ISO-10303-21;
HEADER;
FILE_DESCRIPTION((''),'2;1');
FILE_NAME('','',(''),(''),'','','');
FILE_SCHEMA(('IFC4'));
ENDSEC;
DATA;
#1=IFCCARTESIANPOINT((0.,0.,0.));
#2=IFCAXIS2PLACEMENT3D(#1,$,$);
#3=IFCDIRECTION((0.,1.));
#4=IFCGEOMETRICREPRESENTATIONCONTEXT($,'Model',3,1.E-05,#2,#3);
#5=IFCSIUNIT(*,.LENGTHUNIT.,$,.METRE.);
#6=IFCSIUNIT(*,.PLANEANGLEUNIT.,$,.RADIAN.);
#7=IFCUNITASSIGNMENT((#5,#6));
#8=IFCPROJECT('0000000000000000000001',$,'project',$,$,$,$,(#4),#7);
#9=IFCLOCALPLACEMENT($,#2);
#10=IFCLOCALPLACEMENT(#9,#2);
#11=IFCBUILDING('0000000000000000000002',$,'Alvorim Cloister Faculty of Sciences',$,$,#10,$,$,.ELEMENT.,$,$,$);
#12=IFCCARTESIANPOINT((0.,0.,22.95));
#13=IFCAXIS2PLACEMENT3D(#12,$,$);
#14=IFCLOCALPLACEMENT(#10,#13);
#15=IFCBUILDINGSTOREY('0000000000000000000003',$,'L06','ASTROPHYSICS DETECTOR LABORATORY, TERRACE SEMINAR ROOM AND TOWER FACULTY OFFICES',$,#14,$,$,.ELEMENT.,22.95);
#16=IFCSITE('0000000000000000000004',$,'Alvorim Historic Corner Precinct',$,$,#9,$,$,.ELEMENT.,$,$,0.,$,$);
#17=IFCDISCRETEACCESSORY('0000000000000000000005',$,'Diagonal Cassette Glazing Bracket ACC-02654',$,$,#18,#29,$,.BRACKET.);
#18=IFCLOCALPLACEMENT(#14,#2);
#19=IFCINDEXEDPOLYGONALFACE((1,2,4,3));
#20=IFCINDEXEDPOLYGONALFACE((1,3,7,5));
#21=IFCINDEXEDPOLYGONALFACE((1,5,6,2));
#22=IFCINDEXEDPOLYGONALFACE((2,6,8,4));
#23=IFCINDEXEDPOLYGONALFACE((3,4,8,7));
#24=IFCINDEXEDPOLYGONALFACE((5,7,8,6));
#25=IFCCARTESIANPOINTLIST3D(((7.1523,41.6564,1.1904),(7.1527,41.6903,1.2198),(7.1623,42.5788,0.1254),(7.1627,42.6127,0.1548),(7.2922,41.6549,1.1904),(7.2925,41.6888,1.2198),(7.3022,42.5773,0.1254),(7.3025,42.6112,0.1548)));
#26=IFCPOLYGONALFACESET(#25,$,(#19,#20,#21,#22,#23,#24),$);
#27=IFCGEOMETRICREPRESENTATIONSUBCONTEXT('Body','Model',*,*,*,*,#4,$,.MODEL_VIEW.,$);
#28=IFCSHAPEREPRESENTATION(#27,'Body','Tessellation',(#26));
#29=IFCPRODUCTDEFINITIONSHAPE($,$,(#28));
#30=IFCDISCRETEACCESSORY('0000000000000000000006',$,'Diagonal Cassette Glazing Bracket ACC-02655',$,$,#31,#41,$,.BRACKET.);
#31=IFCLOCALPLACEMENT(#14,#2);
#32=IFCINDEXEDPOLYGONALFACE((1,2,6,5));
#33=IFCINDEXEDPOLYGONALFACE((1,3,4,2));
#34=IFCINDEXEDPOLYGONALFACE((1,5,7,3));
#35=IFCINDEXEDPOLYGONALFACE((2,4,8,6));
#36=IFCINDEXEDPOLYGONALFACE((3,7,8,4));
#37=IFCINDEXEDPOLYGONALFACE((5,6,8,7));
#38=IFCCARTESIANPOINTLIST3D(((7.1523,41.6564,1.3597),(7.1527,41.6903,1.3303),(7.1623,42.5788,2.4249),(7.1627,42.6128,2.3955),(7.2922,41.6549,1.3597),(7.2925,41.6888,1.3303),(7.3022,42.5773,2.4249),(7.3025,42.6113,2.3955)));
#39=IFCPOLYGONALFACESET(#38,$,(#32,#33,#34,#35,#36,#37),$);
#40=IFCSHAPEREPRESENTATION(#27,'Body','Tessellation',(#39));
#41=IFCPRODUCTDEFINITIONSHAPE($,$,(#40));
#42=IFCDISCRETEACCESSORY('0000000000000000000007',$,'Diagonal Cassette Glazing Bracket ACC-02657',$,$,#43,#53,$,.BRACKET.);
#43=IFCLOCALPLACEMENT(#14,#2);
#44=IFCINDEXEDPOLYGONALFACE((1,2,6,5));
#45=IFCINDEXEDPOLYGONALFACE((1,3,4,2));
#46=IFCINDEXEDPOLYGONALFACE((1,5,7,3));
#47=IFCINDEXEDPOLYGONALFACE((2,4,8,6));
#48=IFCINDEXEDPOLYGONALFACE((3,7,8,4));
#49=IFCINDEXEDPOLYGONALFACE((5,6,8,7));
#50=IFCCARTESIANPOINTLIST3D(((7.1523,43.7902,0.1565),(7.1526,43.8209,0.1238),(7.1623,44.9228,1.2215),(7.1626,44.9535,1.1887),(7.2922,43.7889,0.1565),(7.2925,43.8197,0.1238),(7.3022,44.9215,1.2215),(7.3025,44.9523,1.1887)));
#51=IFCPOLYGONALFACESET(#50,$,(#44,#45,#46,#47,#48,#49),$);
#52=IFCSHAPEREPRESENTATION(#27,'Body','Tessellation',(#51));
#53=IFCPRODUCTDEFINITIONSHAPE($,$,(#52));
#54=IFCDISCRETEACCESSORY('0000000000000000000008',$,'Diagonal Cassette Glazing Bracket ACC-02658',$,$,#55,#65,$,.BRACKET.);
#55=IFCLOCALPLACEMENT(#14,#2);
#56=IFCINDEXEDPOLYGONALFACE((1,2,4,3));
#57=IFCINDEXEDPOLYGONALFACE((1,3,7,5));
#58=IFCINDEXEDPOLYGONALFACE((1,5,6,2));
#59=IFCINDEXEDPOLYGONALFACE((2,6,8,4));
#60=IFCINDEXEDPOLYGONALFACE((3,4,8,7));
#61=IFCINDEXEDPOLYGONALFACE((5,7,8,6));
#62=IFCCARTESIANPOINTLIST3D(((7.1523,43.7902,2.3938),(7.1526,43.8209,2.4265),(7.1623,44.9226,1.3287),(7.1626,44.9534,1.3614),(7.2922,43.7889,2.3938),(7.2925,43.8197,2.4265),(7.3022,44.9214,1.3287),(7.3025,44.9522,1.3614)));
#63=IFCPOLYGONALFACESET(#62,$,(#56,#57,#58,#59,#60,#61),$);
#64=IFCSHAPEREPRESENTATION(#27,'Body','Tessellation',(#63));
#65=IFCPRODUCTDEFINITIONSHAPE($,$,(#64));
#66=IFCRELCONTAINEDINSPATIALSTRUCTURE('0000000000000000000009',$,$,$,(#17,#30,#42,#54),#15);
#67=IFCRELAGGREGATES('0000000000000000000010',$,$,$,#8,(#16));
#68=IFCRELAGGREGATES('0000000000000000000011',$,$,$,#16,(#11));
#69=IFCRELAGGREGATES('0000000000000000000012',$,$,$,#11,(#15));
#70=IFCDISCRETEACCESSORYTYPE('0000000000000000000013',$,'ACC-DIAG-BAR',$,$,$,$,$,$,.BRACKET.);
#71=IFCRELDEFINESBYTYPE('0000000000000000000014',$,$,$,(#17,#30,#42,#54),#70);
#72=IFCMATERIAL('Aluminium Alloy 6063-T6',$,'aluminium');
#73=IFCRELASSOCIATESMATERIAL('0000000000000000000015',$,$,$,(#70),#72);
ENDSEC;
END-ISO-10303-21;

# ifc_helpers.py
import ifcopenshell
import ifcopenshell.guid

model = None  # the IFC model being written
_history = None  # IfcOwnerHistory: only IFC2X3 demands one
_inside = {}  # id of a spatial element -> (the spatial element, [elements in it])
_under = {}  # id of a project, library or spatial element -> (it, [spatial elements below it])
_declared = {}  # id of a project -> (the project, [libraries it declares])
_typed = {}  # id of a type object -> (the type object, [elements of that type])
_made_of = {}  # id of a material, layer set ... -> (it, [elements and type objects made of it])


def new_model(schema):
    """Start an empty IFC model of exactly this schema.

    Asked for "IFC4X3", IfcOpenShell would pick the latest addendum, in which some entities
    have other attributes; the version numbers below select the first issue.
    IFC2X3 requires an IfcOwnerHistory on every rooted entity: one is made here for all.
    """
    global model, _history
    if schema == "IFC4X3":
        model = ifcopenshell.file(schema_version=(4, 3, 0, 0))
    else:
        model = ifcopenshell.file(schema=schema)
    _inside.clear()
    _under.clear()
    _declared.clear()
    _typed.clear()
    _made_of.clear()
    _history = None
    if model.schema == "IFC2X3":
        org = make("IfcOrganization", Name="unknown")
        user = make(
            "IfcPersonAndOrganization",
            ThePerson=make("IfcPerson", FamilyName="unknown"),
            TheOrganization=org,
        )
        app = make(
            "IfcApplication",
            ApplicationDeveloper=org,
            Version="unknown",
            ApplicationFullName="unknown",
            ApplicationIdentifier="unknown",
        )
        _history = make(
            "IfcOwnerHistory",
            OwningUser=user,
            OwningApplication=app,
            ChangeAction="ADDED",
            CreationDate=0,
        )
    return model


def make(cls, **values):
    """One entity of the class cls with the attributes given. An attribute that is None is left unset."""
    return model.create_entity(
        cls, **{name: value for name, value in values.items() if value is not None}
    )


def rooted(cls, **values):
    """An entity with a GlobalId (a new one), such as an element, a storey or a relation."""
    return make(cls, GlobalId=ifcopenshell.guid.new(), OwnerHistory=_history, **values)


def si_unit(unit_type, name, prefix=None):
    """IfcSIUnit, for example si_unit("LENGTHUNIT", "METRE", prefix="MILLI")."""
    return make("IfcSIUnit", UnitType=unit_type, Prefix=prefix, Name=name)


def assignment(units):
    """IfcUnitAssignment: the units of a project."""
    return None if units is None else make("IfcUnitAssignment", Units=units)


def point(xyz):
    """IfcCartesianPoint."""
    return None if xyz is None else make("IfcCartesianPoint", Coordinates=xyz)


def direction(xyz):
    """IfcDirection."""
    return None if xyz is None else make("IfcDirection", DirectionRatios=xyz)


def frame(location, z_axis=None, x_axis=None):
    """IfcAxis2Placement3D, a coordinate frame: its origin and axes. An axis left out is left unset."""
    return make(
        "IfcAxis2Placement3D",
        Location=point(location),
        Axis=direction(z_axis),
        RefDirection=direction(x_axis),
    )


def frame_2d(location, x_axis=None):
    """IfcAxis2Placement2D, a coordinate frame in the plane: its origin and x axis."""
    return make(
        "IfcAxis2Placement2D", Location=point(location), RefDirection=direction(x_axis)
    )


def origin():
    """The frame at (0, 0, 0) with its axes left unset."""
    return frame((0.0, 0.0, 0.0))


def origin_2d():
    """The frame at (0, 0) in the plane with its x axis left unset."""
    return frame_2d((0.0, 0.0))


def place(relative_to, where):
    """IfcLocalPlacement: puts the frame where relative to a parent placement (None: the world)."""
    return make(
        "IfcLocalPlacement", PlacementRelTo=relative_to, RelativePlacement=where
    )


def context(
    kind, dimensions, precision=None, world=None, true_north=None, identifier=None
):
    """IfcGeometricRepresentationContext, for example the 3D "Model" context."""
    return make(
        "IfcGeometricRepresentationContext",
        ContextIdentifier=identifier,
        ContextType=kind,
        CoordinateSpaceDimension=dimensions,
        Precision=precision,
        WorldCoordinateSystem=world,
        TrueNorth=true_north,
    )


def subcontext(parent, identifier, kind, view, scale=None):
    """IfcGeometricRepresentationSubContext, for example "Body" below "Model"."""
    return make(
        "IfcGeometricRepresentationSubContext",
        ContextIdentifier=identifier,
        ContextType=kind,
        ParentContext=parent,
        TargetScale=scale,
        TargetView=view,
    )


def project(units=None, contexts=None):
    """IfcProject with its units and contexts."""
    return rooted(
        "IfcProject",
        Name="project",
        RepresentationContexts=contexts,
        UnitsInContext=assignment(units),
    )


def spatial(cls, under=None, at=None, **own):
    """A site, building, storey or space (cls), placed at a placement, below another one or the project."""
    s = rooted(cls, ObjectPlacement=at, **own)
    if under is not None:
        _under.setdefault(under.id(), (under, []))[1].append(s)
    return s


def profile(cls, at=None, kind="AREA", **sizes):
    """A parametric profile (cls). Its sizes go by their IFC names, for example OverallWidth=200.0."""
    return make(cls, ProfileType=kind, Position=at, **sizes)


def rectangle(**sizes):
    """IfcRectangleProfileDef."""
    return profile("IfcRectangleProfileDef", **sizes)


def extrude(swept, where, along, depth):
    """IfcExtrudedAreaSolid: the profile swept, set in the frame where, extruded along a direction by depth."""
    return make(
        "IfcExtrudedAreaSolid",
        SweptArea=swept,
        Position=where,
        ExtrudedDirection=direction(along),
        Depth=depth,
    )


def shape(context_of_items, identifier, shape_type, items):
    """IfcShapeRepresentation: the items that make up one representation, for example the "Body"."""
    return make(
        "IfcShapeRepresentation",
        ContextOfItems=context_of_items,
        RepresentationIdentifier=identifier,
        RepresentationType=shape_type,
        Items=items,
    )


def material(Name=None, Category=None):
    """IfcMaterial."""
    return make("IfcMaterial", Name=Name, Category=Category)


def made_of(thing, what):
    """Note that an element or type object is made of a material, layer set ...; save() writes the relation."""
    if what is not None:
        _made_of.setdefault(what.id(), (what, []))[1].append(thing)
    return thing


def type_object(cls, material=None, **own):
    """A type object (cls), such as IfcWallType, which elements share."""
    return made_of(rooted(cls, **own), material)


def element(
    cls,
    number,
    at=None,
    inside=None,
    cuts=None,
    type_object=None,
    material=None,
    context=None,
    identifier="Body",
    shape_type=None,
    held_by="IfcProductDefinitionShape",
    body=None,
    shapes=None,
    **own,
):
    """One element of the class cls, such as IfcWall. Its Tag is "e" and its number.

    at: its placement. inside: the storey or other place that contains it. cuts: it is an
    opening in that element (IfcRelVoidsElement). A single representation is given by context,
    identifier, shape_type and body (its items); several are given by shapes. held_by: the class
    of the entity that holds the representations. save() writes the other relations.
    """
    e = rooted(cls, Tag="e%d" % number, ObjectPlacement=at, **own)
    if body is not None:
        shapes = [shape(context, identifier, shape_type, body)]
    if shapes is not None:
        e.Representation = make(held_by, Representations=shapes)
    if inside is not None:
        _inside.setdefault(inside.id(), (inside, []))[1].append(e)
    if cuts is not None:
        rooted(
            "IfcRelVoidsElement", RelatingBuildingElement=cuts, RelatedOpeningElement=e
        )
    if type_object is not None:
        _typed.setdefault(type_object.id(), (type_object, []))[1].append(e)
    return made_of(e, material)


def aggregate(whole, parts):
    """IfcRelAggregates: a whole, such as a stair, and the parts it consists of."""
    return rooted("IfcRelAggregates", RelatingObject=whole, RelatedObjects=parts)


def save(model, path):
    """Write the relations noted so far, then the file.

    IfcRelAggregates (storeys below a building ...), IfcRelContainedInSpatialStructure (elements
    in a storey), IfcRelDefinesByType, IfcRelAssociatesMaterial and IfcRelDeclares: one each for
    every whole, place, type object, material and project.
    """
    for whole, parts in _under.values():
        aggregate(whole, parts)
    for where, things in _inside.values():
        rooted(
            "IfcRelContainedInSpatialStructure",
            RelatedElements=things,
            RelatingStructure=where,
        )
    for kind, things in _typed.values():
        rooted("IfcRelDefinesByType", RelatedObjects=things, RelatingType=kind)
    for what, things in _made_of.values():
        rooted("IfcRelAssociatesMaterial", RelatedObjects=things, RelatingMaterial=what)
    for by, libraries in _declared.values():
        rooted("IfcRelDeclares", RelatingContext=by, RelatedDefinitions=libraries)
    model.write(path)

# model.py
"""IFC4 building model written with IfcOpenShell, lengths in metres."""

from ifc_helpers import new_model, si_unit, direction, frame, origin, origin_2d, place, context, subcontext, project, spatial, rectangle, extrude, material, type_object, element, save


model = new_model("IFC4")

# Units and contexts
model_context = context("Model", 3, precision=1e-05, world=origin(), true_north=direction((0.0, 1.0)))
body_context = subcontext(model_context, "Body", "Model", "MODEL_VIEW")
ifc_project = project(units=[si_unit("LENGTHUNIT", "METRE"), si_unit("PLANEANGLEUNIT", "RADIAN")], contexts=[model_context])

# Site, building, storey
site_placement = place(None, origin())
site = spatial("IfcSite", under=ifc_project, at=site_placement, Name="Alvorim Historic Corner Precinct", CompositionType="ELEMENT", RefElevation=0.0)
building_placement = place(site_placement, origin())
building = spatial("IfcBuilding", under=site, at=building_placement, Name="Alvorim Cloister Faculty of Sciences", CompositionType="ELEMENT")
storey_placement = place(building_placement, frame((0.0, 0.0, 22.95)))
storey = spatial("IfcBuildingStorey", under=building, at=storey_placement, Name="L06", Description="ASTROPHYSICS DETECTOR LABORATORY, TERRACE SEMINAR ROOM AND TOWER FACULTY OFFICES", CompositionType="ELEMENT", Elevation=22.95)

# Shared definitions
ifc_material_1 = material(Name="Aluminium Alloy 6063-T6", Category="aluminium")

# Discrete accessories
discrete_accessory_type = type_object("IfcDiscreteAccessoryType", Name="ACC-DIAG-BAR", PredefinedType="BRACKET", material=ifc_material_1)
discrete_accessory_1_placement = place(storey_placement, frame((7.2224, 41.6726, 1.2051), z_axis=(0.007105, 0.654676, -0.755876), x_axis=(-0.999941, 0.010852, 0.0)))
element("IfcDiscreteAccessory", 1, at=discrete_accessory_1_placement, inside=storey, type_object=discrete_accessory_type, Name="Diagonal Cassette Glazing Bracket ACC-02654", PredefinedType="BRACKET", context=body_context, shape_type="SweptSolid", body=[
    extrude(rectangle(XDim=0.1399, YDim=0.0449, at=origin_2d()), origin(), (0.0, 0.0, 1.0), 1.4089),
])
discrete_accessory_2_placement = place(storey_placement, frame((7.2224, 41.6726, 1.345), z_axis=(0.007104, 0.654591, 0.75595), x_axis=(-0.999941, 0.010852, 0.0)))
element("IfcDiscreteAccessory", 2, at=discrete_accessory_2_placement, inside=storey, type_object=discrete_accessory_type, Name="Diagonal Cassette Glazing Bracket ACC-02655", PredefinedType="BRACKET", context=body_context, shape_type="SweptSolid", body=[
    extrude(rectangle(XDim=0.1399, YDim=0.0449, at=origin_2d()), origin(), (0.0, 0.0, 1.0), 1.4092),
])
for number, where, z_axis, x_axis, name in (
    (3, (7.2224, 43.8049, 0.1401), (0.006439, 0.728508, 0.685008), (-0.999961, 0.008838, 0.0), "Diagonal Cassette Glazing Bracket ACC-02657"),
    (4, (7.2224, 43.8049, 2.4102), (0.006438, 0.728429, -0.685091), (-0.999961, 0.008838, 0.0), "Diagonal Cassette Glazing Bracket ACC-02658"),
):
    element("IfcDiscreteAccessory", number, at=place(storey_placement, frame(where, z_axis=z_axis, x_axis=x_axis)), inside=storey, type_object=discrete_accessory_type, Name=name, PredefinedType="BRACKET", context=body_context, shape_type="SweptSolid", body=[
        extrude(rectangle(XDim=0.1399, YDim=0.0449, at=origin_2d()), origin(), (0.0, 0.0, 1.0), 1.5547),
    ])

save(model, "model.ifc")
